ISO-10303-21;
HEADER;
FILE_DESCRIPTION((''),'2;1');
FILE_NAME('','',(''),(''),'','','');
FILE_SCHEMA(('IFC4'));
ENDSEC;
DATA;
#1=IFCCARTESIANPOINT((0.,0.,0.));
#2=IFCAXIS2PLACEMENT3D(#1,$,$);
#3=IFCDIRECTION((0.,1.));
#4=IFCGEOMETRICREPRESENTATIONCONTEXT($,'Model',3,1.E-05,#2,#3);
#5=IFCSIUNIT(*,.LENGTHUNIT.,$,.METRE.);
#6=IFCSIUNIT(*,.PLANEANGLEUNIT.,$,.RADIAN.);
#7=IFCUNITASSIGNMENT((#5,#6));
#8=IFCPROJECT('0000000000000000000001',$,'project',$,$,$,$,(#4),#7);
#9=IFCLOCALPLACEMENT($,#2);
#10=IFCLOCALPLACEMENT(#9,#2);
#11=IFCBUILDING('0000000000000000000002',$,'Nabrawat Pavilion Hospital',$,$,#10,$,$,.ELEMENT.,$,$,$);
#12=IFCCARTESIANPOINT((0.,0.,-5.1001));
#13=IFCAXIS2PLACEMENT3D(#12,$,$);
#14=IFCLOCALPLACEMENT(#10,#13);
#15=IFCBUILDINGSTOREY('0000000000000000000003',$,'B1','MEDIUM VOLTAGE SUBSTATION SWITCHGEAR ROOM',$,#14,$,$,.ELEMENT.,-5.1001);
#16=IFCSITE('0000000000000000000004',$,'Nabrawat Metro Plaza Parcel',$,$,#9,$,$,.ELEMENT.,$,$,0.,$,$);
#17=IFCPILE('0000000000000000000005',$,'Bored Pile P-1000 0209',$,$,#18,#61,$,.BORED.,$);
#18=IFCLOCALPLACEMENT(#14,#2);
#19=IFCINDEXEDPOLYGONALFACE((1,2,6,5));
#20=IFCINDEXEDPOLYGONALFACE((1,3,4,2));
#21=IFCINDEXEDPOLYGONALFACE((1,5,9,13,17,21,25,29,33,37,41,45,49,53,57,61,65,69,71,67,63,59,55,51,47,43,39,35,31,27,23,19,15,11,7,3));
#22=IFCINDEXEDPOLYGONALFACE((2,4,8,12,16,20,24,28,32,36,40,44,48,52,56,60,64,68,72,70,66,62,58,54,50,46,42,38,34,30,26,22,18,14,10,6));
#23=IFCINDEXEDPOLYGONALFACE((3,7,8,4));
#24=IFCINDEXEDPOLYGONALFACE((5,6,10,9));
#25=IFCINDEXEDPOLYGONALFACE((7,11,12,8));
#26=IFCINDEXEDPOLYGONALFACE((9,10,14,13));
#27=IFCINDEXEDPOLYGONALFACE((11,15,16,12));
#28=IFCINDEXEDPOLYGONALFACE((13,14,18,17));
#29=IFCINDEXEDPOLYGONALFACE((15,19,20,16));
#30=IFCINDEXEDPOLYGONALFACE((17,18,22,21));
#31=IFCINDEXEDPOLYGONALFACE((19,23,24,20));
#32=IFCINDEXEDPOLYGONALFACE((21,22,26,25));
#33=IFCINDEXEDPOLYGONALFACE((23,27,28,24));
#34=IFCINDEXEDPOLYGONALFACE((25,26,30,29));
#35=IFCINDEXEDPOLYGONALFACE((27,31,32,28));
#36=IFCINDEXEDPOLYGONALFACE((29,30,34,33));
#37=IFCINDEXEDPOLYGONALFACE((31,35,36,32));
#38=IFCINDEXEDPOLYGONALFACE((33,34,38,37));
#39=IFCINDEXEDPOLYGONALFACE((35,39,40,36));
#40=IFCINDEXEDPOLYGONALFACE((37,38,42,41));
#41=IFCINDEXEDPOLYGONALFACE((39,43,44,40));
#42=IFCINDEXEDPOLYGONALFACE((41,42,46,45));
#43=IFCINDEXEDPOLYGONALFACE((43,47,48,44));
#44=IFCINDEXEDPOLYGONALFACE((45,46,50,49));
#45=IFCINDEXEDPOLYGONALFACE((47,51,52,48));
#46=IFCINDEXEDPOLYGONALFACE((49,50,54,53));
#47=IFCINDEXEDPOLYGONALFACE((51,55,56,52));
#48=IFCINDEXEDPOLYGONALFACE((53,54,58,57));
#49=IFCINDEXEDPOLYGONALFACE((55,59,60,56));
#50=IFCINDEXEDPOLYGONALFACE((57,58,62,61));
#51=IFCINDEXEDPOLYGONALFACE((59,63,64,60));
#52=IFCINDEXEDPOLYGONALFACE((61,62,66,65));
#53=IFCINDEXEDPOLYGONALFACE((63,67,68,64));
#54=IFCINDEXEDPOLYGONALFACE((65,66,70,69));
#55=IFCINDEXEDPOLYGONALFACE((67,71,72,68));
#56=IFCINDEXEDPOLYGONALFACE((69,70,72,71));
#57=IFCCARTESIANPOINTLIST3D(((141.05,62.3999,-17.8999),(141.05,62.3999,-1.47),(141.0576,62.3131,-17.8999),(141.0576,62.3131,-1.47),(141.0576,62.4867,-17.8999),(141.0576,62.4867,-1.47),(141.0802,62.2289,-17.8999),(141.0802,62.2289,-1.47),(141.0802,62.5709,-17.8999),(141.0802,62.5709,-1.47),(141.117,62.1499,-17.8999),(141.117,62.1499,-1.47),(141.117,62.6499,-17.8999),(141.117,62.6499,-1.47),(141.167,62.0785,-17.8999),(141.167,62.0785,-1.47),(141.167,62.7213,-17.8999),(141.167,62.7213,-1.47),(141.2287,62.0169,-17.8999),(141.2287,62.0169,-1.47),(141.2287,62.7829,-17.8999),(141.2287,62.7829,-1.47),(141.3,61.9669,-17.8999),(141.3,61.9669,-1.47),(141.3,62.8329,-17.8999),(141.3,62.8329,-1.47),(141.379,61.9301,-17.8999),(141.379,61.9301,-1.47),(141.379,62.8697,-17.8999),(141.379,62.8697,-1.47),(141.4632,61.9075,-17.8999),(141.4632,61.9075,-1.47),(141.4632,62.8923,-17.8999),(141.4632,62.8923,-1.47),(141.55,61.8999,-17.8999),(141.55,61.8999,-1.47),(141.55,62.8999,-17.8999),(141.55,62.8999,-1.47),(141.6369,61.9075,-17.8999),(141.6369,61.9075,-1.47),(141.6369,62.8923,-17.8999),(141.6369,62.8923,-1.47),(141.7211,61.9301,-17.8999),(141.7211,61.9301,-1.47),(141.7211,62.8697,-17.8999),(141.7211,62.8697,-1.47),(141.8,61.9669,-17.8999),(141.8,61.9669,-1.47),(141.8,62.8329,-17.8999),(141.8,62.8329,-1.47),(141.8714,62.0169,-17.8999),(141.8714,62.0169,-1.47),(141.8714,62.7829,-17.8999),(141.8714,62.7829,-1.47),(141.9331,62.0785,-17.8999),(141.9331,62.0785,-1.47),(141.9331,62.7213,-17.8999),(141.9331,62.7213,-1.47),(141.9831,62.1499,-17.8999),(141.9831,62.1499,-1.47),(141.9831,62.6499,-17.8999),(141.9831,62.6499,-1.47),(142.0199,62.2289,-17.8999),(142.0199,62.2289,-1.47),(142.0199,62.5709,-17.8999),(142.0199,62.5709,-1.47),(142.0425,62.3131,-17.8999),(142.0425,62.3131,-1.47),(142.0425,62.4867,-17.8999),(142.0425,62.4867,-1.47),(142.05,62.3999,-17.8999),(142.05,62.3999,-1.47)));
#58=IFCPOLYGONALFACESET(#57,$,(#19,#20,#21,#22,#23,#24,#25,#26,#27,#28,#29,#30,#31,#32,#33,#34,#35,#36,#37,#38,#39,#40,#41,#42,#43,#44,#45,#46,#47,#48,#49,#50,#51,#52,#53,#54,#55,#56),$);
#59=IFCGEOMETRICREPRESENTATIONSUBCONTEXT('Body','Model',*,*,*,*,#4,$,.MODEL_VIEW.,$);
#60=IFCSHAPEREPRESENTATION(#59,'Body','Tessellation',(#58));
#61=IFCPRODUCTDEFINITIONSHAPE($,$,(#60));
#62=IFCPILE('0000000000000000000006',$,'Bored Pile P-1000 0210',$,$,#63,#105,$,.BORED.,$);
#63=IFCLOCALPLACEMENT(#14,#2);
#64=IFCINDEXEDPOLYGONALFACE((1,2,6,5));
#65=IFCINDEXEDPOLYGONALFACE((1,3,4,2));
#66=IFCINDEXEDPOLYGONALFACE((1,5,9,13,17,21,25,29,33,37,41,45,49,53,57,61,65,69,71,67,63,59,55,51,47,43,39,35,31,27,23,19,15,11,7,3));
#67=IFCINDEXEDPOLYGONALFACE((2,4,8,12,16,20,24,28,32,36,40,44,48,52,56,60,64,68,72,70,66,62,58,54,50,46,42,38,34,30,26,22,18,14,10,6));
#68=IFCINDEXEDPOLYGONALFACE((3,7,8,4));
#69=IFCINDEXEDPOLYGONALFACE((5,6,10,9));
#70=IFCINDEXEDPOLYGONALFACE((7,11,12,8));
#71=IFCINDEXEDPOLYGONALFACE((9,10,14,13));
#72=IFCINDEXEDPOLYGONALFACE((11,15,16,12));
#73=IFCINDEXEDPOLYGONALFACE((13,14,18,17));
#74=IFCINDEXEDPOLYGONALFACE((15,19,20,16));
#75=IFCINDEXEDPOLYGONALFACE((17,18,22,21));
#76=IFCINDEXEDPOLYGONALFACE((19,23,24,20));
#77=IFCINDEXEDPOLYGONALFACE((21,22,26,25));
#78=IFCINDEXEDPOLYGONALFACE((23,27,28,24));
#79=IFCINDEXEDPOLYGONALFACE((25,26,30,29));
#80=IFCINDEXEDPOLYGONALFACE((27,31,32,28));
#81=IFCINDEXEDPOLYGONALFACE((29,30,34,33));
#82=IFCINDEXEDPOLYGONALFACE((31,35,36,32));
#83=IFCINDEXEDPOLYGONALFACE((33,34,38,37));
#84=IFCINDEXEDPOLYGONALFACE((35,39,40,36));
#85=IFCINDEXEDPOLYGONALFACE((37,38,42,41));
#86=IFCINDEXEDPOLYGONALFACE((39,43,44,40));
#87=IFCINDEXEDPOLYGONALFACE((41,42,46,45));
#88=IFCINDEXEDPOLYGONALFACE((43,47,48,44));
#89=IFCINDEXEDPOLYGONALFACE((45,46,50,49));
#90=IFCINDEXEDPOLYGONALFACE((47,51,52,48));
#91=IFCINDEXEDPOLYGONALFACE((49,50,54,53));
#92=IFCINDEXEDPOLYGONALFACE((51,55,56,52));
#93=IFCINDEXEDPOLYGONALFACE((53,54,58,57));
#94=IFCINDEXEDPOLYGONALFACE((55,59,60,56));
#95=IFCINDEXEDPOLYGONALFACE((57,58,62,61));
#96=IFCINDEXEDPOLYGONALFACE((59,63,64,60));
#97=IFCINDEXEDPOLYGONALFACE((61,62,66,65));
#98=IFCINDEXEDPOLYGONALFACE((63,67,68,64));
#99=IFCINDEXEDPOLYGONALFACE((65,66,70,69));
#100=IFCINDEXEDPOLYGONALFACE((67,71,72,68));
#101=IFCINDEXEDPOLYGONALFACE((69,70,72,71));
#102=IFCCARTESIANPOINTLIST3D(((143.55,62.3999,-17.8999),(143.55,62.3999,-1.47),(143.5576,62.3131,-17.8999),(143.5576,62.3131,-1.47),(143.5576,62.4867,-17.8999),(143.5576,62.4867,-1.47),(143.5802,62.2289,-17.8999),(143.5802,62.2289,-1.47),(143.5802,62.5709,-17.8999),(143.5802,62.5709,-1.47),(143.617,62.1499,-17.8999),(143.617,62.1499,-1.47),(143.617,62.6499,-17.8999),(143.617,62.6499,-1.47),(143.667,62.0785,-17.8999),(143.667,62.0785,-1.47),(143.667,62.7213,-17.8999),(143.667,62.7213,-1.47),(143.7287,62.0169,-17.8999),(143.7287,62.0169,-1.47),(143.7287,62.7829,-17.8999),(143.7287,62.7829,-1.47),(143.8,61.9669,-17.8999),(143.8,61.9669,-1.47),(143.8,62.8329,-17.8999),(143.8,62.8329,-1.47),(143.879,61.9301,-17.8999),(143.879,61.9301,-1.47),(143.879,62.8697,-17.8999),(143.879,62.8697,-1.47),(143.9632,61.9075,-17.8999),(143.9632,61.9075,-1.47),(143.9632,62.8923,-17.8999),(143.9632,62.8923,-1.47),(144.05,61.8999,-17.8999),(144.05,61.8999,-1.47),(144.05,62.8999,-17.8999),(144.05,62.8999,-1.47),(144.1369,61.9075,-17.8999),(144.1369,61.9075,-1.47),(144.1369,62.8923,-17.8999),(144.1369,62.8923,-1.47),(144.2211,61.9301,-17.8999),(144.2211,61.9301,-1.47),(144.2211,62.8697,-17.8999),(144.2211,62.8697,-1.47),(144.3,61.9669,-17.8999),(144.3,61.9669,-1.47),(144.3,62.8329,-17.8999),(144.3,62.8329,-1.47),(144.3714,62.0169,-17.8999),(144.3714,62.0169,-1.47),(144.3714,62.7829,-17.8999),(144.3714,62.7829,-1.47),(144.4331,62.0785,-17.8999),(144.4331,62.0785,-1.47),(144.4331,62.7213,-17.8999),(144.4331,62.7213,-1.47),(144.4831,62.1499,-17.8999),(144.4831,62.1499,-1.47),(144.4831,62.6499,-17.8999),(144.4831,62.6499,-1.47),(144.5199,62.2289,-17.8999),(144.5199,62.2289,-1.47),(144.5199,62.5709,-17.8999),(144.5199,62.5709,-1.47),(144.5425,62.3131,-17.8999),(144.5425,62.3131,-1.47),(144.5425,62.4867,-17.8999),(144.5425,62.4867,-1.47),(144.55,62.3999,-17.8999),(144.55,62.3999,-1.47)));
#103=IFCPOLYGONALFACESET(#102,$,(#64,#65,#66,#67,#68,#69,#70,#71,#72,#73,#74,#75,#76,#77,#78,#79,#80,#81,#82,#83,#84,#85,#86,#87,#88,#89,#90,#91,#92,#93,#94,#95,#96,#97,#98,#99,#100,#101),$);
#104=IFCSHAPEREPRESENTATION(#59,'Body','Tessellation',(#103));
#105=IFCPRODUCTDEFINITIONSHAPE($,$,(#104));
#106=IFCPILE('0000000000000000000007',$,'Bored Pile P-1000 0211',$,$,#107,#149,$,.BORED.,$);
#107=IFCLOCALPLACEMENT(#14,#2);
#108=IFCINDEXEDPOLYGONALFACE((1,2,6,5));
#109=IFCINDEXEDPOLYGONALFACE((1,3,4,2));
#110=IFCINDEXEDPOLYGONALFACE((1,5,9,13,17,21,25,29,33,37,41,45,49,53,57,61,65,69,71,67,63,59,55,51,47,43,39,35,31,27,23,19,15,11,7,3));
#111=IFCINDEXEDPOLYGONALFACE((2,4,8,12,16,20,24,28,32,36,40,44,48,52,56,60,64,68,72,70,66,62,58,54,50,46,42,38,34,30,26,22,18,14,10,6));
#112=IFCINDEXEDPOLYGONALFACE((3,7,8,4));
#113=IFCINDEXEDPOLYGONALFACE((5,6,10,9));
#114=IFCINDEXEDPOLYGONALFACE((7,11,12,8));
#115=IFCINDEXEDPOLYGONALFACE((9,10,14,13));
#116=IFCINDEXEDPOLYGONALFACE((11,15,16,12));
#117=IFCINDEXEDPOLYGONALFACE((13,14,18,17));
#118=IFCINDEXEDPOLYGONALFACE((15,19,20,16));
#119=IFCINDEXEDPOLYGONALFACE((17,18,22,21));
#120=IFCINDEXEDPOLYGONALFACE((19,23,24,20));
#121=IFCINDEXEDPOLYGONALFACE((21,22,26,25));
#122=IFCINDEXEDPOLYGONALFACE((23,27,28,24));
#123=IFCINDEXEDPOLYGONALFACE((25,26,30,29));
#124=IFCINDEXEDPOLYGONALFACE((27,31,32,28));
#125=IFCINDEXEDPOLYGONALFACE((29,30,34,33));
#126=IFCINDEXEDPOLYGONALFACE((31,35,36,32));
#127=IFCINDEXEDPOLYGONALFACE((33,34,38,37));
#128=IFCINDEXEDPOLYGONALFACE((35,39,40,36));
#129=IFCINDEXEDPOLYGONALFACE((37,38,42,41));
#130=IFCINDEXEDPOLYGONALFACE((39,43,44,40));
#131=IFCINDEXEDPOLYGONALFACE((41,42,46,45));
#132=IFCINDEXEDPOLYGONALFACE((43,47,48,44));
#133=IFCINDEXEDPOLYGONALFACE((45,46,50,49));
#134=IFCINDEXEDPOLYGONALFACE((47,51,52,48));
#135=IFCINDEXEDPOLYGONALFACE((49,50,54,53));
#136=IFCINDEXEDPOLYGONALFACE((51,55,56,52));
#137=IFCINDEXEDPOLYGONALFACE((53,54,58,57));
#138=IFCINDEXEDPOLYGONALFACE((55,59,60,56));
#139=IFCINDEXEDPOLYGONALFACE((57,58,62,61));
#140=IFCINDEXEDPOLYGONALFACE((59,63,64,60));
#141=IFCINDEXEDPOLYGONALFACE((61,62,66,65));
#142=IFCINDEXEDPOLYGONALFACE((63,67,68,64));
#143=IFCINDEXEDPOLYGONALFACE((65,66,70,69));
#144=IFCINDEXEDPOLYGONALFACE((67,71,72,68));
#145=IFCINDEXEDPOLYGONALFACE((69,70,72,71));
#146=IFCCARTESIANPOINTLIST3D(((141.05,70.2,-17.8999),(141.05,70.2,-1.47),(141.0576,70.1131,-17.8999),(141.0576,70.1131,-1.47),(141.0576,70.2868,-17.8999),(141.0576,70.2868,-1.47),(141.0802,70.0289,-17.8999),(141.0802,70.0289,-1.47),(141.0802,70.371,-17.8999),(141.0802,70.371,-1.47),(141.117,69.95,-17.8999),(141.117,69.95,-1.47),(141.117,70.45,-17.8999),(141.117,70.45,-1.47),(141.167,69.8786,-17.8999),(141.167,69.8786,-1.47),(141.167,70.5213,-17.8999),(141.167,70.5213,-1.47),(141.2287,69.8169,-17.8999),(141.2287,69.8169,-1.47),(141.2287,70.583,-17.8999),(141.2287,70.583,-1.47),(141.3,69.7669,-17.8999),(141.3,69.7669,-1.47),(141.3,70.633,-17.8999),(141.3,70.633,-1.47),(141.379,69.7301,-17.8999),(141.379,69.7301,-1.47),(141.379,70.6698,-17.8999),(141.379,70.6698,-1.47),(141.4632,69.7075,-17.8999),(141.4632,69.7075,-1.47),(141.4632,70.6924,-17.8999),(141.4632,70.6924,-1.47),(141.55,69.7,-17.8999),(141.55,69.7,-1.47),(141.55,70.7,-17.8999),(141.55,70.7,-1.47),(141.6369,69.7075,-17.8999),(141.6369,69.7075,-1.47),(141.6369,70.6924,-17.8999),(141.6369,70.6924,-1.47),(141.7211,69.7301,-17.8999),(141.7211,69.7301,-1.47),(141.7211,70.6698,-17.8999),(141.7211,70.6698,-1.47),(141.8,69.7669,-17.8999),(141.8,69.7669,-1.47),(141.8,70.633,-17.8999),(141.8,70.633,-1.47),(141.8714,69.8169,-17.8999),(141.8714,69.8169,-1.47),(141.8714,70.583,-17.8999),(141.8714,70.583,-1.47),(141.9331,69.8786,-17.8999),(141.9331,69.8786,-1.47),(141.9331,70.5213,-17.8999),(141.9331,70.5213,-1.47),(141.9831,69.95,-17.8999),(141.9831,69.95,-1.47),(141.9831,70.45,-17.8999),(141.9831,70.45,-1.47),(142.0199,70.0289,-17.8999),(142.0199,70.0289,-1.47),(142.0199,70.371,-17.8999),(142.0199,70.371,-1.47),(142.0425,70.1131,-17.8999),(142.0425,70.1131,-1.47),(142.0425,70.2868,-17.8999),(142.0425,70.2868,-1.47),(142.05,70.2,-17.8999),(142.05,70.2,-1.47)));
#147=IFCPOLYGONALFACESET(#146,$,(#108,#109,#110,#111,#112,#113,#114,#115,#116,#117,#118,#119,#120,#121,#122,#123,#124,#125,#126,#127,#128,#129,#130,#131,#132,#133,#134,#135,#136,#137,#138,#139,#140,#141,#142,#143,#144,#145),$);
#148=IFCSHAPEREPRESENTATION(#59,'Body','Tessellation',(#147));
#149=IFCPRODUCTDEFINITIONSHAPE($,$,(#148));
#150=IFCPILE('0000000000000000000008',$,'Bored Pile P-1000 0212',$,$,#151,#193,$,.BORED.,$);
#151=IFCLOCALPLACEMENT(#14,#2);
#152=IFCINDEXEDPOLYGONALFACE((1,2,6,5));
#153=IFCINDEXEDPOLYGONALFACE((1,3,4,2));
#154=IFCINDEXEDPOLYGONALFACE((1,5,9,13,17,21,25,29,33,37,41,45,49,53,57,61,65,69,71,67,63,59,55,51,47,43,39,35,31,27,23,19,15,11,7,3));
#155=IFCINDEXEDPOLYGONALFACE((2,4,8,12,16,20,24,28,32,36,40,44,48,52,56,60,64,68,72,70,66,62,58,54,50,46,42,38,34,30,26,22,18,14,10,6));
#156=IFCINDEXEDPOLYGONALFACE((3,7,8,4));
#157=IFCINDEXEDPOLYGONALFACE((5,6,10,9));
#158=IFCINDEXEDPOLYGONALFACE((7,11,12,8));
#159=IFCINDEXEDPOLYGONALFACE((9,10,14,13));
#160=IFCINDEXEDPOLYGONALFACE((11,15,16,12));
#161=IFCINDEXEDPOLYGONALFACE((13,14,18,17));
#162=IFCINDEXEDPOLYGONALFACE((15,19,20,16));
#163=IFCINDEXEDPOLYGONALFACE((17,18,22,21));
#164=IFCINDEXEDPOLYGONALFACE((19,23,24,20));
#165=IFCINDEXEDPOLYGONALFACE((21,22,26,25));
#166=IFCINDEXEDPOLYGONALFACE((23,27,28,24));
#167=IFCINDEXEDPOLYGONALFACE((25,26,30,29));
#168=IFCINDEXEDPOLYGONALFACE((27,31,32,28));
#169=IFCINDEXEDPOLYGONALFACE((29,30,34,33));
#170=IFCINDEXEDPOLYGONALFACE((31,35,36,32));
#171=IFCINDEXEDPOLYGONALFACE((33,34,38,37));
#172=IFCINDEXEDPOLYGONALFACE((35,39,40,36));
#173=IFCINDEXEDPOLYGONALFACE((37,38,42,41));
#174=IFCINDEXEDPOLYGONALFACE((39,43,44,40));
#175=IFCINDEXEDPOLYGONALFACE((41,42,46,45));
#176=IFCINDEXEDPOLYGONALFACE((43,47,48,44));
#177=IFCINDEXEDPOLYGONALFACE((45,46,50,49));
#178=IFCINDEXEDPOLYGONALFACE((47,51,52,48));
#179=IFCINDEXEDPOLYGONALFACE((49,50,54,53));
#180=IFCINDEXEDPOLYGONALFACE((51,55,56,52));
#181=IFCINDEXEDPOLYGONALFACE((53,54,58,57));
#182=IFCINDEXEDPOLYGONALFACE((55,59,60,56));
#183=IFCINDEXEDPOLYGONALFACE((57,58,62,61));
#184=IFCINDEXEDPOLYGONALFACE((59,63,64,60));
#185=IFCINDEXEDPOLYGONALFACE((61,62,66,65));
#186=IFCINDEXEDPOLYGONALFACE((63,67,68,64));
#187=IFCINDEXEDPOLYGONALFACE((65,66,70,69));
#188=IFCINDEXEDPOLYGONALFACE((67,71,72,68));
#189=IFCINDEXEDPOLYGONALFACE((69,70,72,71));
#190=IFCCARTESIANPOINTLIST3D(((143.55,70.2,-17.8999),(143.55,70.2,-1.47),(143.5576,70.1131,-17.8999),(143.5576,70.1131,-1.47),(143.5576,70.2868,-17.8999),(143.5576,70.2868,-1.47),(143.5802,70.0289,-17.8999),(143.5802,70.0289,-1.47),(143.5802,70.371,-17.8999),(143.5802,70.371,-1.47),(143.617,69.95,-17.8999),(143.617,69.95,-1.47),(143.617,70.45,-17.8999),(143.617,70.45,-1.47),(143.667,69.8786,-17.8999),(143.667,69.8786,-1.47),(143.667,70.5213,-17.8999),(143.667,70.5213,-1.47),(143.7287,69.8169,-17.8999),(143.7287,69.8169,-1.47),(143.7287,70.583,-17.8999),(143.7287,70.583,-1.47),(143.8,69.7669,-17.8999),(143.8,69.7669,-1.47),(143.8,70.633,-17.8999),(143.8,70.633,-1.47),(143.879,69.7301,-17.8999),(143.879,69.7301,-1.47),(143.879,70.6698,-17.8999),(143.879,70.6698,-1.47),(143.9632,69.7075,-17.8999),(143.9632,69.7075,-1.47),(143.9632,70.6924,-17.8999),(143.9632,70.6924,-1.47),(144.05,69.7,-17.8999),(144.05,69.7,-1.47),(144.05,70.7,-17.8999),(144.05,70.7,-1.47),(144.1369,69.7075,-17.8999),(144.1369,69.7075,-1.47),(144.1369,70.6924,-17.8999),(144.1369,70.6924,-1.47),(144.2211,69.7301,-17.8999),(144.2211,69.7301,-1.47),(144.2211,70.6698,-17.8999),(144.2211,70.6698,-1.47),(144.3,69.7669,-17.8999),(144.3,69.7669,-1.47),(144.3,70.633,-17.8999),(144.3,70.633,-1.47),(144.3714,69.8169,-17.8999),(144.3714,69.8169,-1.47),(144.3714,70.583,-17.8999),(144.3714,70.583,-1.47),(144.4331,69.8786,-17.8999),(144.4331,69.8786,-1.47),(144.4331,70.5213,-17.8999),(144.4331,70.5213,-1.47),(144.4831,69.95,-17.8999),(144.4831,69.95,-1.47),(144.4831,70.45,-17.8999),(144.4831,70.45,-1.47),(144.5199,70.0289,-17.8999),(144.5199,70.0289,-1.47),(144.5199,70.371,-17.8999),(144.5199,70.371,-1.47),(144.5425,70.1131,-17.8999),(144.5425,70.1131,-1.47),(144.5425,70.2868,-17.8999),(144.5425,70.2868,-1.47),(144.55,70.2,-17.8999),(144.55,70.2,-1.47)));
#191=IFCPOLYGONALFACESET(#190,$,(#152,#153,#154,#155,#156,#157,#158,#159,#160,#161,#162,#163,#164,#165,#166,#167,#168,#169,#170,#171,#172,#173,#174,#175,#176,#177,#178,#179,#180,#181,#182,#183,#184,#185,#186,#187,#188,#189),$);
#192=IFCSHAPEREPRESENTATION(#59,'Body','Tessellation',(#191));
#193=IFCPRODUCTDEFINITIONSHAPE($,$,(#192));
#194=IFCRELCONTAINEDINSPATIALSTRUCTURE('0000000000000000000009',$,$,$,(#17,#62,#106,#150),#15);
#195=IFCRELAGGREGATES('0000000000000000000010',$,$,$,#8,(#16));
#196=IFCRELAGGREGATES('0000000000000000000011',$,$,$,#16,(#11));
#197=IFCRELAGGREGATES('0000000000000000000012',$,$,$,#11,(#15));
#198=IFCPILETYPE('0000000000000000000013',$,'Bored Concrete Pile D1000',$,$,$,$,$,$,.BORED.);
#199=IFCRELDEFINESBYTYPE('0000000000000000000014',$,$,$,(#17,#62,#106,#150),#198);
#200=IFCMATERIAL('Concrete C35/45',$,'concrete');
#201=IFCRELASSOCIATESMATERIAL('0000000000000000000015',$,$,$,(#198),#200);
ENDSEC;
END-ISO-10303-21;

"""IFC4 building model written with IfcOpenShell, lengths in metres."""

from ifc_helpers import new_model, si_unit, direction, frame, origin, origin_2d, place, context, subcontext, project, spatial, circle, extrude, material, material_profile, profile_set, type_object, element, save


model = new_model("IFC4")

# Units and contexts
model_context = context("Model", 3, precision=1e-05, world=origin(), true_north=direction((0.0, 1.0)))
body_context = subcontext(model_context, "Body", "Model", "MODEL_VIEW")
ifc_project = project(units=[si_unit("LENGTHUNIT", "METRE"), si_unit("PLANEANGLEUNIT", "RADIAN")], contexts=[model_context])

# Site, building, storey
site_placement = place(None, origin())
site = spatial("IfcSite", under=ifc_project, at=site_placement, Name="Nabrawat Metro Plaza Parcel", CompositionType="ELEMENT", RefElevation=0.0)
building_placement = place(site_placement, origin())
building = spatial("IfcBuilding", under=site, at=building_placement, Name="Nabrawat Pavilion Hospital", CompositionType="ELEMENT")
storey_placement = place(building_placement, frame((0.0, 0.0, -5.1001)))
storey = spatial("IfcBuildingStorey", under=building, at=storey_placement, Name="B1", Description="MEDIUM VOLTAGE SUBSTATION SWITCHGEAR ROOM", CompositionType="ELEMENT", Elevation=-5.1001)

# Piles
ifc_material_1 = material(Name="Concrete C35/45", Category="concrete")
ifc_material_profile_1 = material_profile(ifc_material_1, circle(Radius=0.5, at=origin_2d()), Name="DIA 1000")
ifc_profile_set_1 = profile_set([ifc_material_profile_1], Name="Concrete C35/45")
pile_type_1 = type_object("IfcPileType", Name="Bored Concrete Pile D1000", PredefinedType="BORED", material=ifc_profile_set_1)
for number, where, z_axis, x_axis, name in (
    (1, (141.55, 62.3999, -1.47), (0.0, 0.0, -1.0), (1.0, 0.0, 0.0), "Bored Pile P-1000 0209"),
    (2, (144.05, 62.3999, -1.47), (0.0, 0.0, -1.0), (1.0, 0.0, 0.0), "Bored Pile P-1000 0210"),
    (3, (141.55, 70.2, -1.47), (0.0, 0.0, -1.0), (1.0, 0.0, 0.0), "Bored Pile P-1000 0211"),
    (4, (144.05, 70.2, -1.47), (0.0, 0.0, -1.0), (1.0, 0.0, 0.0), "Bored Pile P-1000 0212"),
):
    element("IfcPile", number, at=place(storey_placement, frame(where, z_axis=z_axis, x_axis=x_axis)), inside=storey, type_object=pile_type_1, Name=name, PredefinedType="BORED", context=body_context, shape_type="SweptSolid", body=[
        extrude(circle(Radius=0.5, at=origin_2d()), origin(), (0.0, 0.0, 1.0), 16.4299),
    ])

save(model, "model.ifc")
